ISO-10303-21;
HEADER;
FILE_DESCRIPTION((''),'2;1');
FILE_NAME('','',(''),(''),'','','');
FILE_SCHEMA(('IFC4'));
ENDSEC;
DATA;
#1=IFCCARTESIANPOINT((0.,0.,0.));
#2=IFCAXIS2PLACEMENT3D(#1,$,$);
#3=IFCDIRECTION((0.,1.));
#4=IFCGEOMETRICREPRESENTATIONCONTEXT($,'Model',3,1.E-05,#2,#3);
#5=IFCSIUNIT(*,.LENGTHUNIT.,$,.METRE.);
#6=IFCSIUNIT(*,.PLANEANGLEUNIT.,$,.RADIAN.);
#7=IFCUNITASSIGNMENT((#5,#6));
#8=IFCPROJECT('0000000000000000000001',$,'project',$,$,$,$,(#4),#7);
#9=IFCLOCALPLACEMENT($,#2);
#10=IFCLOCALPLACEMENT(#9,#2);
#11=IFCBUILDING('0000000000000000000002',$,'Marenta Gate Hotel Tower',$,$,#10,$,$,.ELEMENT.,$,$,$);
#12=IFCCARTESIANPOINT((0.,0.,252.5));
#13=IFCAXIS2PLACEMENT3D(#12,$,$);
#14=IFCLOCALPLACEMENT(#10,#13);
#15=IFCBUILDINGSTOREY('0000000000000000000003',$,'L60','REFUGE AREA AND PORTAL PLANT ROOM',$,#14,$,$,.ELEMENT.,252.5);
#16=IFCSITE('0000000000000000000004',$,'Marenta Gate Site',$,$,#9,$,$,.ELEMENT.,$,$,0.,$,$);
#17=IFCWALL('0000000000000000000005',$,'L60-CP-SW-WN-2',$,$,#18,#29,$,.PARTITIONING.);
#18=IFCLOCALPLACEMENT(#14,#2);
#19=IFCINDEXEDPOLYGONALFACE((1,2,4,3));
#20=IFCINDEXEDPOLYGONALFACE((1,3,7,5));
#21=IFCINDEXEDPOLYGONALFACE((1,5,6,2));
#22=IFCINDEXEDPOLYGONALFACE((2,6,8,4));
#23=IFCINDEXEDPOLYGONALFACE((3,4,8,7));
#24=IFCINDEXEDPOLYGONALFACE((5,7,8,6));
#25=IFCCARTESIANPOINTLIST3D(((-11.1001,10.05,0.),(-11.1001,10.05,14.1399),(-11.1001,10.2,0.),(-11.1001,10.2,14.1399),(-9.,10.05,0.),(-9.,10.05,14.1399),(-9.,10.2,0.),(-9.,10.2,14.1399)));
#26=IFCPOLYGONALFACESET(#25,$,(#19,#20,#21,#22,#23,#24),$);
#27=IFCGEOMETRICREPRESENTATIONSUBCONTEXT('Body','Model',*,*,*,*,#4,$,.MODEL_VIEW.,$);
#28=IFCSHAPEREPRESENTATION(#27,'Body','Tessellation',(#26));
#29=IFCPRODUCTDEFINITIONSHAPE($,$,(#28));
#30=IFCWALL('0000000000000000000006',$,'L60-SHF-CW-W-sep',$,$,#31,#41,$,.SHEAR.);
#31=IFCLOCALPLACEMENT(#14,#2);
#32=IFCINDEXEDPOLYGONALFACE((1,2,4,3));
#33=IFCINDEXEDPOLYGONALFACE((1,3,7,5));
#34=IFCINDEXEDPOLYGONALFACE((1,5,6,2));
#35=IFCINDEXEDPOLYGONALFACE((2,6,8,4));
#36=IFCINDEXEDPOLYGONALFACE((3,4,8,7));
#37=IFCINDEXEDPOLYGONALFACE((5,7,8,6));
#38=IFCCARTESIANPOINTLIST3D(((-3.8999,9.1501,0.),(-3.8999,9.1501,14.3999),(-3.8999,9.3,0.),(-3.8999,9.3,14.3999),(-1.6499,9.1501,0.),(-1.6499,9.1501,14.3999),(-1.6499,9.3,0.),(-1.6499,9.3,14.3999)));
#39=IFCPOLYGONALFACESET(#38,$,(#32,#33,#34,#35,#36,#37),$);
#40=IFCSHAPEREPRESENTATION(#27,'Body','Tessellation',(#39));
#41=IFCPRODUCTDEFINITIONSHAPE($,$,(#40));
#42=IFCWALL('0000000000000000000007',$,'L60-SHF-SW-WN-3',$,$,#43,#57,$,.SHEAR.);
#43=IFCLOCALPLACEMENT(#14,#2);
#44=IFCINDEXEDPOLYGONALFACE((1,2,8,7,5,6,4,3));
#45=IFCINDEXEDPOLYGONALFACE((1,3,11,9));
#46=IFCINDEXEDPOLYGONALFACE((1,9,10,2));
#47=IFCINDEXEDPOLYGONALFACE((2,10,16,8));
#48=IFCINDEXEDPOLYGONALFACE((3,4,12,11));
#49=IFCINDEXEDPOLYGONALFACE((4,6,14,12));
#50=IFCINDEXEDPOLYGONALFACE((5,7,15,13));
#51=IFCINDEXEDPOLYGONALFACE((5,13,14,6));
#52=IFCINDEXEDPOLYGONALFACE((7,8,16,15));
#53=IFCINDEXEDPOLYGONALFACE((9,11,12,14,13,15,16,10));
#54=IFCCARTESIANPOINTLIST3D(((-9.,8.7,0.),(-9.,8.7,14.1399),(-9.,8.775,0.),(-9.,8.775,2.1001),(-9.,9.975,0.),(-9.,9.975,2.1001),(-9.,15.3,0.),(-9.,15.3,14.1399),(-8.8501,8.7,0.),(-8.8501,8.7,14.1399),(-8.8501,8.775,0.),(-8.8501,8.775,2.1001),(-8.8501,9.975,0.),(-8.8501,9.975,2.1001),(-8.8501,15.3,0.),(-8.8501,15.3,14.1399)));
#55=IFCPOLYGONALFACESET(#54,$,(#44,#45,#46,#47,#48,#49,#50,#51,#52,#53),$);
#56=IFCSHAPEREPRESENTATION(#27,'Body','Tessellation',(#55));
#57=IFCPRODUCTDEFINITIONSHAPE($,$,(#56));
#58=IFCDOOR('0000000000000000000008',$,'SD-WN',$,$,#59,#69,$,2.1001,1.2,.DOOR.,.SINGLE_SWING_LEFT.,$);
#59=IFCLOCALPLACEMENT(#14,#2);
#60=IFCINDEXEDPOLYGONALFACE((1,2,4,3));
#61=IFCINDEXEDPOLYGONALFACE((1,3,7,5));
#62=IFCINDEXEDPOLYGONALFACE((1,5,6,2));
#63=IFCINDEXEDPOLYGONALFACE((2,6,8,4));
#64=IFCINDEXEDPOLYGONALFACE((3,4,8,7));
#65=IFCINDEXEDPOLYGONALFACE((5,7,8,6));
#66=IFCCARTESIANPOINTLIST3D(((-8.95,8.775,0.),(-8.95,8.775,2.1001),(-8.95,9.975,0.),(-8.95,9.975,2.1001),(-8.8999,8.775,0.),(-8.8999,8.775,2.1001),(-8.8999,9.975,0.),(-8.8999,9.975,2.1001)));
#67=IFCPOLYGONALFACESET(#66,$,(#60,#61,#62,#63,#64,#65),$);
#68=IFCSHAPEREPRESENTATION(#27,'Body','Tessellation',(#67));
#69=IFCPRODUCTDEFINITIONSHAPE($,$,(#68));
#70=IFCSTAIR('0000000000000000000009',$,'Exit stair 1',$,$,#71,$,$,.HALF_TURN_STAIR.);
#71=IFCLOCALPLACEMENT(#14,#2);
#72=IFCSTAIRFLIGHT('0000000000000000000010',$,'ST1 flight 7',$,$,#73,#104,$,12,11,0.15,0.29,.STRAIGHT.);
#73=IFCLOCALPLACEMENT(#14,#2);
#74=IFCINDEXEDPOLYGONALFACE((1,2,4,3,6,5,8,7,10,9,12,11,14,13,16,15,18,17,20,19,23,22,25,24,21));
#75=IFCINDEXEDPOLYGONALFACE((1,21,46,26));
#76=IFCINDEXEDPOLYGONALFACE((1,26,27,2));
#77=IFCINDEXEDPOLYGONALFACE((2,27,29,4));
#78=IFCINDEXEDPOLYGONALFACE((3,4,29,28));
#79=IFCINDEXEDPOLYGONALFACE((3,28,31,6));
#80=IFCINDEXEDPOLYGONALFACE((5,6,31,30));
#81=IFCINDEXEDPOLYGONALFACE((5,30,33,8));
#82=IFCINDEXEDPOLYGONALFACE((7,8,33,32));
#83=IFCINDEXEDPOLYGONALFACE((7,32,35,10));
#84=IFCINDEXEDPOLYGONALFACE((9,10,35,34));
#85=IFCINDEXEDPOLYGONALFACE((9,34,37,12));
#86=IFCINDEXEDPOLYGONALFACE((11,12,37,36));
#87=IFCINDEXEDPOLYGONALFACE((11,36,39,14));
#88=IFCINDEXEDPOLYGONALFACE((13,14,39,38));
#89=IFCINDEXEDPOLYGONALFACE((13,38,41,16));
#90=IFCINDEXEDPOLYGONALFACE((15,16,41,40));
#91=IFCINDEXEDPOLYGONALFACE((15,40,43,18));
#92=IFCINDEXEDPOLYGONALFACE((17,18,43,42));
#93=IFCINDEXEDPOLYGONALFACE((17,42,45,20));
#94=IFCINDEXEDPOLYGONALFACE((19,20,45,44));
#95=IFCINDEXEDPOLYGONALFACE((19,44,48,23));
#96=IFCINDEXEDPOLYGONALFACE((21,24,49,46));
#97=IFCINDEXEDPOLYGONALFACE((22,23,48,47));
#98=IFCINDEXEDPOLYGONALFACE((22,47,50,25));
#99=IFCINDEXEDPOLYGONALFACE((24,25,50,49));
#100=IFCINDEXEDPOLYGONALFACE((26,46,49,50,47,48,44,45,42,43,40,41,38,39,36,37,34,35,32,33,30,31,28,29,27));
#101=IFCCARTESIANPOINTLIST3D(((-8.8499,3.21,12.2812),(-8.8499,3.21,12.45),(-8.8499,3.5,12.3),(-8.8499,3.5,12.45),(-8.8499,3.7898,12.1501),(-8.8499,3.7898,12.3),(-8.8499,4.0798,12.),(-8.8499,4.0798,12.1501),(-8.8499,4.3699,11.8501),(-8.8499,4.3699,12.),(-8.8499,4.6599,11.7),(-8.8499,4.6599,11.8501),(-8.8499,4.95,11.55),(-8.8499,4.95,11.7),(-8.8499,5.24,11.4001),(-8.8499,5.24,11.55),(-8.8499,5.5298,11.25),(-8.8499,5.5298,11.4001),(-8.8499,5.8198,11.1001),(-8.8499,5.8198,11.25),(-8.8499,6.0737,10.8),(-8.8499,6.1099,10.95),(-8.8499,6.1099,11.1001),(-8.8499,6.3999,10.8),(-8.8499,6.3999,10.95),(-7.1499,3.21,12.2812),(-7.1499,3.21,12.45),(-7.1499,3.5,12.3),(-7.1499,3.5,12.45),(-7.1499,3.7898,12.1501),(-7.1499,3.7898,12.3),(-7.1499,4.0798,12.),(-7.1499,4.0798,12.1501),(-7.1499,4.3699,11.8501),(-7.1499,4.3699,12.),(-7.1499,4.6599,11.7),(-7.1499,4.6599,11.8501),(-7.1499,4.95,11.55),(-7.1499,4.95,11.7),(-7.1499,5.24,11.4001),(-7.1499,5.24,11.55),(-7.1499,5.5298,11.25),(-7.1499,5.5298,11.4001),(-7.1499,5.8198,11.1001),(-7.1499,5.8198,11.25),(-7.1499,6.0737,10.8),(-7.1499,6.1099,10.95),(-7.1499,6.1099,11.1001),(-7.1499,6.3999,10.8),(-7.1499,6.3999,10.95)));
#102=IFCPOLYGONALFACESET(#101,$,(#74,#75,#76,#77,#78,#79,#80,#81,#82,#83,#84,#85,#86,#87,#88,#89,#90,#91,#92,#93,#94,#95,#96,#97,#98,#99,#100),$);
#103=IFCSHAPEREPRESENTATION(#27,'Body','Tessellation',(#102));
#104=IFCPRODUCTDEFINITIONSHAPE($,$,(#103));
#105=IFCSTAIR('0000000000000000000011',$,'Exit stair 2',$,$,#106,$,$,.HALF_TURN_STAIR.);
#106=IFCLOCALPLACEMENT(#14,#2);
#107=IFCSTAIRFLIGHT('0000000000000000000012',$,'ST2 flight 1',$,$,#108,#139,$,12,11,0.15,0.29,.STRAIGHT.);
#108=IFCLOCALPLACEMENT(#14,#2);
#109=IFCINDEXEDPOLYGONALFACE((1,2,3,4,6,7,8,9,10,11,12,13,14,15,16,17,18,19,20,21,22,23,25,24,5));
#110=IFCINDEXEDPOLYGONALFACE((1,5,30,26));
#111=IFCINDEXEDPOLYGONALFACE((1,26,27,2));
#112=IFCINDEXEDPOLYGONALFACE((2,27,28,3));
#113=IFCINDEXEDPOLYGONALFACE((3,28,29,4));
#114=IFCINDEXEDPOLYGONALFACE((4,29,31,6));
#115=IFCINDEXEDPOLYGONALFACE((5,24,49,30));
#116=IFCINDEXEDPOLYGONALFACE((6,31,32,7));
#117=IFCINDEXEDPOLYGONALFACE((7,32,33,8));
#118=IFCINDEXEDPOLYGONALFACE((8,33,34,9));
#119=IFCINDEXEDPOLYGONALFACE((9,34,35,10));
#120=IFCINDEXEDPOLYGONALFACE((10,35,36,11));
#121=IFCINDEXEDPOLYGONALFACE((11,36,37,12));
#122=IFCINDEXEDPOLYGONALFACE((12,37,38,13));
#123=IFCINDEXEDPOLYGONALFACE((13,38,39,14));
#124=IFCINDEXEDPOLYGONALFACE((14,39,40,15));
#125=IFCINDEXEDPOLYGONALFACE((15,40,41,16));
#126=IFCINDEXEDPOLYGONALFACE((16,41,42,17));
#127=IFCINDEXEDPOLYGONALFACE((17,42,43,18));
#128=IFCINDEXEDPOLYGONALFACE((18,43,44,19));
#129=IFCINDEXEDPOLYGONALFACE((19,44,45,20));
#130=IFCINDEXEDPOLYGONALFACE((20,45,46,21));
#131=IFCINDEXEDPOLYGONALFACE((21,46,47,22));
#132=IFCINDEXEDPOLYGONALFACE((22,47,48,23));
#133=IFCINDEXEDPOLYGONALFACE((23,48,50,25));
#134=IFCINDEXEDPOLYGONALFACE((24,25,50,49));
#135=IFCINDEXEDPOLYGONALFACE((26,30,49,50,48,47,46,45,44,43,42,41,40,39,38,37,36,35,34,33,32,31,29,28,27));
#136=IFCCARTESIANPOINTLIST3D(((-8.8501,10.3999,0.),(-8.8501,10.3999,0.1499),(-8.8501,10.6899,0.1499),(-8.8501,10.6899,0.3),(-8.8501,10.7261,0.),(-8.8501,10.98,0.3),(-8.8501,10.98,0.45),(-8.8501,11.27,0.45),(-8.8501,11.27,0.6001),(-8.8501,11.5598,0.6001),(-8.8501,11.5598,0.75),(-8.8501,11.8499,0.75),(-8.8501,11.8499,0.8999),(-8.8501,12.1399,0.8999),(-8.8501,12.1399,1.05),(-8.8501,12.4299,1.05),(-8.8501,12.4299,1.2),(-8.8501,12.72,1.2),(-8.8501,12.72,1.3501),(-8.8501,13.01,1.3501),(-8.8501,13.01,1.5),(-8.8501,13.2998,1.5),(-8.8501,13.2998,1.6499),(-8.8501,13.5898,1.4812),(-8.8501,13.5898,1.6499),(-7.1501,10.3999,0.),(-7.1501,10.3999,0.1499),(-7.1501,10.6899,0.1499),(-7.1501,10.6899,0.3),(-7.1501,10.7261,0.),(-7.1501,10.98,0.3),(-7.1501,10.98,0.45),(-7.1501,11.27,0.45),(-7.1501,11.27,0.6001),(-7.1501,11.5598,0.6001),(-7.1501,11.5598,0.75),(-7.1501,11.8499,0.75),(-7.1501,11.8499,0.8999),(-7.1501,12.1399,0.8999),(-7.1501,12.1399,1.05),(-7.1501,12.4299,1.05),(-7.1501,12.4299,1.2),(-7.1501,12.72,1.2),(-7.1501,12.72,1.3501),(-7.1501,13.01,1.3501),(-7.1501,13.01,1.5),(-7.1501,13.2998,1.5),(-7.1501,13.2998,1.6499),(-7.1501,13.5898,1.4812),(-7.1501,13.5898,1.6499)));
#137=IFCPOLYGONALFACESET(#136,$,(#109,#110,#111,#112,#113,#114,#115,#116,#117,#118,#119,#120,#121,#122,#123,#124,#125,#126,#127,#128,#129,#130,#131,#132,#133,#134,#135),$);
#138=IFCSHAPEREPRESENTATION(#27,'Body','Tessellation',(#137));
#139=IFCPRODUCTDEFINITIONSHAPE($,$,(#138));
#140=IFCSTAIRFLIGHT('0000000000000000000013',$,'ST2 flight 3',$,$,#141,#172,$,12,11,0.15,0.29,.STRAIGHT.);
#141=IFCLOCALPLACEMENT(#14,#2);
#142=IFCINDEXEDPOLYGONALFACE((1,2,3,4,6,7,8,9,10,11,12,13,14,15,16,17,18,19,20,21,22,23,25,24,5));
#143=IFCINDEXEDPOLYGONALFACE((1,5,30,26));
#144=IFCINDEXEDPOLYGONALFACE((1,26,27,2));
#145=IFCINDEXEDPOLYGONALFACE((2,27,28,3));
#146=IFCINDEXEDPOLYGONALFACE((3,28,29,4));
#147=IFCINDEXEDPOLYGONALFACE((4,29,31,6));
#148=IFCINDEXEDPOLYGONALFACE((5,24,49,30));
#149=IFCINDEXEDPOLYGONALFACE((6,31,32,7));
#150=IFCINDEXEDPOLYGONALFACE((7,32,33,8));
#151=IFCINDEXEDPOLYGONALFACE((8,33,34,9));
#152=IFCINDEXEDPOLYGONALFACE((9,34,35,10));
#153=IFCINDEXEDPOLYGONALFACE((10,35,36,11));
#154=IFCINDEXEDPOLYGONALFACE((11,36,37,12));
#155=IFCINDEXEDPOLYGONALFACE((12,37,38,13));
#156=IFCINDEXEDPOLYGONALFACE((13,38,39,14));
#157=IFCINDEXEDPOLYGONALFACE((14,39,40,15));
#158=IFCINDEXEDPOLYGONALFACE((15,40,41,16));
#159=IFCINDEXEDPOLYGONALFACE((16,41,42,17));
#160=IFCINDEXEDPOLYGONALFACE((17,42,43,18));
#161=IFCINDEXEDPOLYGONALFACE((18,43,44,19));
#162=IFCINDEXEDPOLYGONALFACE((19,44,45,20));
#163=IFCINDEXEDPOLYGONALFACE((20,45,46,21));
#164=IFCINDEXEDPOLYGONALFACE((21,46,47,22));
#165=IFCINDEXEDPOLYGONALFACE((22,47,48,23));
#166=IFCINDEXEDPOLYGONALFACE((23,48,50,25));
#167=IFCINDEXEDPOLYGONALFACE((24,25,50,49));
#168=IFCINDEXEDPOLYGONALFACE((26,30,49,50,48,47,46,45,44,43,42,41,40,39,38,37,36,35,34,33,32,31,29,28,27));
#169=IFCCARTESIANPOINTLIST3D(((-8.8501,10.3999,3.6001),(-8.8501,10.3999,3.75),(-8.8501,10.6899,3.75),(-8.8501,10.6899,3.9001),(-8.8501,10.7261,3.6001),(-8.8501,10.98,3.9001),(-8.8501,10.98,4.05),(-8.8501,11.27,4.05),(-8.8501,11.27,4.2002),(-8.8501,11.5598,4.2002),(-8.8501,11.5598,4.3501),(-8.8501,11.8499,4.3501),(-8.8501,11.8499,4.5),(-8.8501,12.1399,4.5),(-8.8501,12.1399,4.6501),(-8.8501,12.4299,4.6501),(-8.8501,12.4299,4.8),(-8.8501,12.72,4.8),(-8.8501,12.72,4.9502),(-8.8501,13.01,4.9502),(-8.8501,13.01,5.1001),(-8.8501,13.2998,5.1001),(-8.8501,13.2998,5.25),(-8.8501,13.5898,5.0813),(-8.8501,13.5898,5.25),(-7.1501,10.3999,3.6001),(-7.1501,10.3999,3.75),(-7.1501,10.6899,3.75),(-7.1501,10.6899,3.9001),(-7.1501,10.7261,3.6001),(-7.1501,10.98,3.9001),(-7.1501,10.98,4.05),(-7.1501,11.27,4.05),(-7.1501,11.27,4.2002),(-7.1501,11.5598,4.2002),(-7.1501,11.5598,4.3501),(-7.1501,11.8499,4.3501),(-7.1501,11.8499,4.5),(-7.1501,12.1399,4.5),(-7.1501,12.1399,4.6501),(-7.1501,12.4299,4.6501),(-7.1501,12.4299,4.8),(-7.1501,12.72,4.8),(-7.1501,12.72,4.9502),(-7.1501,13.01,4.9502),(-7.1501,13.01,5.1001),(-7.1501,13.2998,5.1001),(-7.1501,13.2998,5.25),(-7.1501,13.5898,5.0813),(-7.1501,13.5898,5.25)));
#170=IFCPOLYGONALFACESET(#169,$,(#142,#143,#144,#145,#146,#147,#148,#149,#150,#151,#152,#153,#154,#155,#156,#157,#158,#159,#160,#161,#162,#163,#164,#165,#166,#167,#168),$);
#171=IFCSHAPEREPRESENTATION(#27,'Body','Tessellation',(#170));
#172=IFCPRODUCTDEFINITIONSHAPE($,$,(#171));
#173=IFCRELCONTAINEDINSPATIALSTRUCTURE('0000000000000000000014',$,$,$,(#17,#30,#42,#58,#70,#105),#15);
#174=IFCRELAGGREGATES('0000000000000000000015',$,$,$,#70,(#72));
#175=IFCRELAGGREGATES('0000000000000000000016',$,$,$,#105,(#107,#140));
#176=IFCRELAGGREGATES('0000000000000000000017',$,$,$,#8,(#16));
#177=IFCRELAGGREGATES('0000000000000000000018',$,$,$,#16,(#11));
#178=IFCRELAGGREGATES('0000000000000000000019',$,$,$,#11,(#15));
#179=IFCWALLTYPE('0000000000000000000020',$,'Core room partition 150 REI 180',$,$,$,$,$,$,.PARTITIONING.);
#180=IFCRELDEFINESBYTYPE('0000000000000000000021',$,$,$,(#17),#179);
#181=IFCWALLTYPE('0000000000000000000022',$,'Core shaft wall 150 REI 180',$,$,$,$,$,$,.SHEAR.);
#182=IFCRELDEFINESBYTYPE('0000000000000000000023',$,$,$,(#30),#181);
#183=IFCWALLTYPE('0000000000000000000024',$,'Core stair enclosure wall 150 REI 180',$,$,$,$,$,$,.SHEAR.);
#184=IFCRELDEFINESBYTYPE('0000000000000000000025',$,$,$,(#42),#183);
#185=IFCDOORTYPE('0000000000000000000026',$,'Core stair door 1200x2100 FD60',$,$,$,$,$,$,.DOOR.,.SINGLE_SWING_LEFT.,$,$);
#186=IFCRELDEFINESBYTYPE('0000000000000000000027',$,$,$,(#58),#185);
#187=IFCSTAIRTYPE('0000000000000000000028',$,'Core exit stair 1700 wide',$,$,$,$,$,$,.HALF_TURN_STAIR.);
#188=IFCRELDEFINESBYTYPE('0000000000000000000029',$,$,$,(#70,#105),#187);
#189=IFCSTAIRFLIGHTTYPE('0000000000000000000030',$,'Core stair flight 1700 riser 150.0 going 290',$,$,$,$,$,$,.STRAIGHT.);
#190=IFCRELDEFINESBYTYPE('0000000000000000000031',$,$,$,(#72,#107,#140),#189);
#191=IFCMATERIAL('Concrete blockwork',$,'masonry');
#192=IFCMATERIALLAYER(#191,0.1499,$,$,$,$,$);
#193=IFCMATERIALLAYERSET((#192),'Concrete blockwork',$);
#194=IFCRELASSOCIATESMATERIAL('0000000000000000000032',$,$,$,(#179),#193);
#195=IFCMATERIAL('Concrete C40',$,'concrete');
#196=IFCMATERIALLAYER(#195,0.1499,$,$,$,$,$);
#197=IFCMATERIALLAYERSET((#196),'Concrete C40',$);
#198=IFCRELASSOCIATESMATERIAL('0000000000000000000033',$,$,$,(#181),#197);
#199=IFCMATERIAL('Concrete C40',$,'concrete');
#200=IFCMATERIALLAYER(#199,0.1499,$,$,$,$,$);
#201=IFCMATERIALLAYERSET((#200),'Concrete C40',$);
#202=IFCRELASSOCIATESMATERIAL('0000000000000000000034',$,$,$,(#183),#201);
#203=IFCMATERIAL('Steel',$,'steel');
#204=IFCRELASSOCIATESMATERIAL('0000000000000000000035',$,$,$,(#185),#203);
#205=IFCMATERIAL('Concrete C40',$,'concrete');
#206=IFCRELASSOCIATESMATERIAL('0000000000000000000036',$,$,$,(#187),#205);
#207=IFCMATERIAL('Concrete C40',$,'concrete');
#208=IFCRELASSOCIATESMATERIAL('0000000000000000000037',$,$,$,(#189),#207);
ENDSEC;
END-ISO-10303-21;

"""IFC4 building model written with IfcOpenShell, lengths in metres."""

from ifc_helpers import new_model, si_unit, direction, frame, frame_2d, origin, place, context, subcontext, project, spatial, polyline, rectangle, outline, extrude, material, layer, layer_set, type_object, element, fill, aggregate, save


model = new_model("IFC4")

# Units and contexts
model_context = context("Model", 3, precision=1e-05, world=origin(), true_north=direction((0.0, 1.0)))
body_context = subcontext(model_context, "Body", "Model", "MODEL_VIEW")
ifc_project = project(units=[si_unit("LENGTHUNIT", "METRE"), si_unit("PLANEANGLEUNIT", "RADIAN")], contexts=[model_context])

# Site, building, storey
site_placement = place(None, origin())
site = spatial("IfcSite", under=ifc_project, at=site_placement, Name="Marenta Gate Site", CompositionType="ELEMENT", RefElevation=0.0)
building_placement = place(site_placement, origin())
building = spatial("IfcBuilding", under=site, at=building_placement, Name="Marenta Gate Hotel Tower", CompositionType="ELEMENT")
storey_placement = place(building_placement, frame((0.0, 0.0, 252.5)))
storey = spatial("IfcBuildingStorey", under=building, at=storey_placement, Name="L60", Description="REFUGE AREA AND PORTAL PLANT ROOM", CompositionType="ELEMENT", Elevation=252.5)

# Walls
ifc_material_1 = material(Name="Concrete blockwork", Category="masonry")
ifc_layer_1 = layer(ifc_material_1, 0.1499)
ifc_layer_set_1 = layer_set([ifc_layer_1], Name="Concrete blockwork")
wall_type_1 = type_object("IfcWallType", Name="Core room partition 150 REI 180", PredefinedType="PARTITIONING", material=ifc_layer_set_1)
wall_1_placement = place(storey_placement, frame((-11.1001, 10.125, 0.0), z_axis=(0.0, 0.0, 1.0), x_axis=(1.0, 0.0, 0.0)))
element("IfcWall", 1, at=wall_1_placement, inside=storey, type_object=wall_type_1, Name="L60-CP-SW-WN-2", PredefinedType="PARTITIONING", context=body_context, shape_type="SweptSolid", body=[
    extrude(rectangle(XDim=2.1001, YDim=0.1499, at=frame_2d((1.05, 0.0))), origin(), (0.0, 0.0, 1.0), 14.1399),
])
ifc_material_2 = material(Name="Concrete C40", Category="concrete")
ifc_layer_2 = layer(ifc_material_2, 0.1499)
ifc_layer_set_2 = layer_set([ifc_layer_2], Name="Concrete C40")
wall_type_2 = type_object("IfcWallType", Name="Core shaft wall 150 REI 180", PredefinedType="SHEAR", material=ifc_layer_set_2)
wall_2_placement = place(storey_placement, frame((-3.8999, 9.2251, 0.0), z_axis=(0.0, 0.0, 1.0), x_axis=(1.0, 0.0, 0.0)))
element("IfcWall", 2, at=wall_2_placement, inside=storey, type_object=wall_type_2, Name="L60-SHF-CW-W-sep", PredefinedType="SHEAR", context=body_context, shape_type="SweptSolid", body=[
    extrude(rectangle(XDim=2.25, YDim=0.1499, at=frame_2d((1.125, 0.0))), origin(), (0.0, 0.0, 1.0), 14.3999),
])

# Wall, opening, door
ifc_material_3 = material(Name="Concrete C40", Category="concrete")
ifc_layer_3 = layer(ifc_material_3, 0.1499)
ifc_layer_set_3 = layer_set([ifc_layer_3], Name="Concrete C40")
wall_type_3 = type_object("IfcWallType", Name="Core stair enclosure wall 150 REI 180", PredefinedType="SHEAR", material=ifc_layer_set_3)
wall_3_placement = place(storey_placement, frame((-8.925, 8.7, 0.0), z_axis=(0.0, 0.0, 1.0), x_axis=(0.0, 1.0, 0.0)))
wall_3 = element("IfcWall", 3, at=wall_3_placement, inside=storey, type_object=wall_type_3, Name="L60-SHF-SW-WN-3", PredefinedType="SHEAR", context=body_context, shape_type="SweptSolid", body=[
    extrude(rectangle(XDim=6.6001, YDim=0.1499, at=frame_2d((3.3, 0.0))), origin(), (0.0, 0.0, 1.0), 14.1399),
])
opening_placement = place(wall_3_placement, frame((0.075, 0.0, 0.0)))
opening = element("IfcOpeningElement", 4, at=opening_placement, cuts=wall_3, PredefinedType="OPENING", context=body_context, shape_type="SweptSolid", body=[
    extrude(rectangle(XDim=1.2, YDim=2.1001, at=frame_2d((0.6001, 1.05))), frame((0.0, 0.075, 0.0), z_axis=(0.0, -1.0, 0.0), x_axis=(1.0, 0.0, 0.0)), (0.0, 0.0, 1.0), 0.1499),
])
ifc_material_4 = material(Name="Steel", Category="steel")
door_type = type_object("IfcDoorType", Name="Core stair door 1200x2100 FD60", OperationType="SINGLE_SWING_LEFT", PredefinedType="DOOR", material=ifc_material_4)
door_placement = place(opening_placement, origin())
door = element("IfcDoor", 5, at=door_placement, inside=storey, type_object=door_type, Name="SD-WN", OperationType="SINGLE_SWING_LEFT", OverallHeight=2.1001, OverallWidth=1.2, PredefinedType="DOOR", context=body_context, shape_type="SweptSolid", body=[
    extrude(rectangle(XDim=1.2, YDim=2.1001, at=frame_2d((0.6001, 1.05))), frame((0.0, 0.0249, 0.0), z_axis=(0.0, -1.0, 0.0), x_axis=(1.0, 0.0, 0.0)), (0.0, 0.0, 1.0), 0.05),
])
fill(opening, door)

# Stair, stair flight
ifc_material_5 = material(Name="Concrete C40", Category="concrete")
stair_type = type_object("IfcStairType", Name="Core exit stair 1700 wide", PredefinedType="HALF_TURN_STAIR", material=ifc_material_5)
stair_1_placement = place(storey_placement, origin())
stair_1 = element("IfcStair", 6, at=stair_1_placement, inside=storey, type_object=stair_type, Name="Exit stair 1", PredefinedType="HALF_TURN_STAIR")
ifc_material_6 = material(Name="Concrete C40", Category="concrete")
stair_flight_type = type_object("IfcStairFlightType", Name="Core stair flight 1700 riser 150.0 going 290", PredefinedType="STRAIGHT", material=ifc_material_6)
stair_flight_1_placement = place(storey_placement, frame((-8.0, 6.3999, 10.8), z_axis=(0.0, 0.0, 1.0), x_axis=(0.0, -1.0, 0.0)))
stair_flight_1 = element("IfcStairFlight", 7, at=stair_flight_1_placement, type_object=stair_flight_type, Name="ST1 flight 7", NumberOfRisers=12, NumberOfTreads=11, PredefinedType="STRAIGHT", RiserHeight=0.15, TreadLength=0.29, context=body_context, shape_type="SweptSolid", body=[
    extrude(outline(polyline([(0.0, 0.0), (0.0, 0.1499), (0.29, 0.1499), (0.29, 0.3), (0.5801, 0.3), (0.5801, 0.45), (0.8701, 0.45), (0.8701, 0.6001), (1.1599, 0.6001), (1.1599, 0.75), (1.45, 0.75), (1.45, 0.8999), (1.74, 0.8999), (1.74, 1.05), (2.03, 1.05), (2.03, 1.2), (2.3201, 1.2), (2.3201, 1.3501), (2.6101, 1.3501), (2.6101, 1.5), (2.8999, 1.5), (2.8999, 1.6499), (3.1899, 1.6499), (3.1899, 1.8), (3.1899, 1.4812), (0.3262, 0.0), (0.0, 0.0)])), frame((0.0, 0.8501, 0.0), z_axis=(0.0, -1.0, 0.0), x_axis=(1.0, 0.0, 0.0)), (0.0, 0.0, 1.0), 1.7),
])
aggregate(stair_1, [stair_flight_1])

# Stair, stair flights
stair_2_placement = place(storey_placement, origin())
stair_2 = element("IfcStair", 8, at=stair_2_placement, inside=storey, type_object=stair_type, Name="Exit stair 2", PredefinedType="HALF_TURN_STAIR")
stair_flight_2_placement = place(storey_placement, frame((-8.0, 10.3999, 0.0), z_axis=(0.0, 0.0, 1.0), x_axis=(0.0, 1.0, 0.0)))
stair_flight_2 = element("IfcStairFlight", 9, at=stair_flight_2_placement, type_object=stair_flight_type, Name="ST2 flight 1", NumberOfRisers=12, NumberOfTreads=11, PredefinedType="STRAIGHT", RiserHeight=0.15, TreadLength=0.29, context=body_context, shape_type="SweptSolid", body=[
    extrude(outline(polyline([(0.0, 0.0), (0.0, 0.1499), (0.29, 0.1499), (0.29, 0.3), (0.5801, 0.3), (0.5801, 0.45), (0.8701, 0.45), (0.8701, 0.6001), (1.1599, 0.6001), (1.1599, 0.75), (1.45, 0.75), (1.45, 0.8999), (1.74, 0.8999), (1.74, 1.05), (2.03, 1.05), (2.03, 1.2), (2.3201, 1.2), (2.3201, 1.3501), (2.6101, 1.3501), (2.6101, 1.5), (2.8999, 1.5), (2.8999, 1.6499), (3.1899, 1.6499), (3.1899, 1.8), (3.1899, 1.4812), (0.3262, 0.0), (0.0, 0.0)])), frame((0.0, 0.8501, 0.0), z_axis=(0.0, -1.0, 0.0), x_axis=(1.0, 0.0, 0.0)), (0.0, 0.0, 1.0), 1.7),
])
stair_flight_3_placement = place(storey_placement, frame((-8.0, 10.3999, 3.6001), z_axis=(0.0, 0.0, 1.0), x_axis=(0.0, 1.0, 0.0)))
stair_flight_3 = element("IfcStairFlight", 10, at=stair_flight_3_placement, type_object=stair_flight_type, Name="ST2 flight 3", NumberOfRisers=12, NumberOfTreads=11, PredefinedType="STRAIGHT", RiserHeight=0.15, TreadLength=0.29, context=body_context, shape_type="SweptSolid", body=[
    extrude(outline(polyline([(0.0, 0.0), (0.0, 0.1499), (0.29, 0.1499), (0.29, 0.3), (0.5801, 0.3), (0.5801, 0.45), (0.8701, 0.45), (0.8701, 0.6001), (1.1599, 0.6001), (1.1599, 0.75), (1.45, 0.75), (1.45, 0.8999), (1.74, 0.8999), (1.74, 1.05), (2.03, 1.05), (2.03, 1.2), (2.3201, 1.2), (2.3201, 1.3501), (2.6101, 1.3501), (2.6101, 1.5), (2.8999, 1.5), (2.8999, 1.6499), (3.1899, 1.6499), (3.1899, 1.8), (3.1899, 1.4812), (0.3262, 0.0), (0.0, 0.0)])), frame((0.0, 0.8501, 0.0), z_axis=(0.0, -1.0, 0.0), x_axis=(1.0, 0.0, 0.0)), (0.0, 0.0, 1.0), 1.7),
])
aggregate(stair_2, [stair_flight_2, stair_flight_3])

save(model, "model.ifc")
